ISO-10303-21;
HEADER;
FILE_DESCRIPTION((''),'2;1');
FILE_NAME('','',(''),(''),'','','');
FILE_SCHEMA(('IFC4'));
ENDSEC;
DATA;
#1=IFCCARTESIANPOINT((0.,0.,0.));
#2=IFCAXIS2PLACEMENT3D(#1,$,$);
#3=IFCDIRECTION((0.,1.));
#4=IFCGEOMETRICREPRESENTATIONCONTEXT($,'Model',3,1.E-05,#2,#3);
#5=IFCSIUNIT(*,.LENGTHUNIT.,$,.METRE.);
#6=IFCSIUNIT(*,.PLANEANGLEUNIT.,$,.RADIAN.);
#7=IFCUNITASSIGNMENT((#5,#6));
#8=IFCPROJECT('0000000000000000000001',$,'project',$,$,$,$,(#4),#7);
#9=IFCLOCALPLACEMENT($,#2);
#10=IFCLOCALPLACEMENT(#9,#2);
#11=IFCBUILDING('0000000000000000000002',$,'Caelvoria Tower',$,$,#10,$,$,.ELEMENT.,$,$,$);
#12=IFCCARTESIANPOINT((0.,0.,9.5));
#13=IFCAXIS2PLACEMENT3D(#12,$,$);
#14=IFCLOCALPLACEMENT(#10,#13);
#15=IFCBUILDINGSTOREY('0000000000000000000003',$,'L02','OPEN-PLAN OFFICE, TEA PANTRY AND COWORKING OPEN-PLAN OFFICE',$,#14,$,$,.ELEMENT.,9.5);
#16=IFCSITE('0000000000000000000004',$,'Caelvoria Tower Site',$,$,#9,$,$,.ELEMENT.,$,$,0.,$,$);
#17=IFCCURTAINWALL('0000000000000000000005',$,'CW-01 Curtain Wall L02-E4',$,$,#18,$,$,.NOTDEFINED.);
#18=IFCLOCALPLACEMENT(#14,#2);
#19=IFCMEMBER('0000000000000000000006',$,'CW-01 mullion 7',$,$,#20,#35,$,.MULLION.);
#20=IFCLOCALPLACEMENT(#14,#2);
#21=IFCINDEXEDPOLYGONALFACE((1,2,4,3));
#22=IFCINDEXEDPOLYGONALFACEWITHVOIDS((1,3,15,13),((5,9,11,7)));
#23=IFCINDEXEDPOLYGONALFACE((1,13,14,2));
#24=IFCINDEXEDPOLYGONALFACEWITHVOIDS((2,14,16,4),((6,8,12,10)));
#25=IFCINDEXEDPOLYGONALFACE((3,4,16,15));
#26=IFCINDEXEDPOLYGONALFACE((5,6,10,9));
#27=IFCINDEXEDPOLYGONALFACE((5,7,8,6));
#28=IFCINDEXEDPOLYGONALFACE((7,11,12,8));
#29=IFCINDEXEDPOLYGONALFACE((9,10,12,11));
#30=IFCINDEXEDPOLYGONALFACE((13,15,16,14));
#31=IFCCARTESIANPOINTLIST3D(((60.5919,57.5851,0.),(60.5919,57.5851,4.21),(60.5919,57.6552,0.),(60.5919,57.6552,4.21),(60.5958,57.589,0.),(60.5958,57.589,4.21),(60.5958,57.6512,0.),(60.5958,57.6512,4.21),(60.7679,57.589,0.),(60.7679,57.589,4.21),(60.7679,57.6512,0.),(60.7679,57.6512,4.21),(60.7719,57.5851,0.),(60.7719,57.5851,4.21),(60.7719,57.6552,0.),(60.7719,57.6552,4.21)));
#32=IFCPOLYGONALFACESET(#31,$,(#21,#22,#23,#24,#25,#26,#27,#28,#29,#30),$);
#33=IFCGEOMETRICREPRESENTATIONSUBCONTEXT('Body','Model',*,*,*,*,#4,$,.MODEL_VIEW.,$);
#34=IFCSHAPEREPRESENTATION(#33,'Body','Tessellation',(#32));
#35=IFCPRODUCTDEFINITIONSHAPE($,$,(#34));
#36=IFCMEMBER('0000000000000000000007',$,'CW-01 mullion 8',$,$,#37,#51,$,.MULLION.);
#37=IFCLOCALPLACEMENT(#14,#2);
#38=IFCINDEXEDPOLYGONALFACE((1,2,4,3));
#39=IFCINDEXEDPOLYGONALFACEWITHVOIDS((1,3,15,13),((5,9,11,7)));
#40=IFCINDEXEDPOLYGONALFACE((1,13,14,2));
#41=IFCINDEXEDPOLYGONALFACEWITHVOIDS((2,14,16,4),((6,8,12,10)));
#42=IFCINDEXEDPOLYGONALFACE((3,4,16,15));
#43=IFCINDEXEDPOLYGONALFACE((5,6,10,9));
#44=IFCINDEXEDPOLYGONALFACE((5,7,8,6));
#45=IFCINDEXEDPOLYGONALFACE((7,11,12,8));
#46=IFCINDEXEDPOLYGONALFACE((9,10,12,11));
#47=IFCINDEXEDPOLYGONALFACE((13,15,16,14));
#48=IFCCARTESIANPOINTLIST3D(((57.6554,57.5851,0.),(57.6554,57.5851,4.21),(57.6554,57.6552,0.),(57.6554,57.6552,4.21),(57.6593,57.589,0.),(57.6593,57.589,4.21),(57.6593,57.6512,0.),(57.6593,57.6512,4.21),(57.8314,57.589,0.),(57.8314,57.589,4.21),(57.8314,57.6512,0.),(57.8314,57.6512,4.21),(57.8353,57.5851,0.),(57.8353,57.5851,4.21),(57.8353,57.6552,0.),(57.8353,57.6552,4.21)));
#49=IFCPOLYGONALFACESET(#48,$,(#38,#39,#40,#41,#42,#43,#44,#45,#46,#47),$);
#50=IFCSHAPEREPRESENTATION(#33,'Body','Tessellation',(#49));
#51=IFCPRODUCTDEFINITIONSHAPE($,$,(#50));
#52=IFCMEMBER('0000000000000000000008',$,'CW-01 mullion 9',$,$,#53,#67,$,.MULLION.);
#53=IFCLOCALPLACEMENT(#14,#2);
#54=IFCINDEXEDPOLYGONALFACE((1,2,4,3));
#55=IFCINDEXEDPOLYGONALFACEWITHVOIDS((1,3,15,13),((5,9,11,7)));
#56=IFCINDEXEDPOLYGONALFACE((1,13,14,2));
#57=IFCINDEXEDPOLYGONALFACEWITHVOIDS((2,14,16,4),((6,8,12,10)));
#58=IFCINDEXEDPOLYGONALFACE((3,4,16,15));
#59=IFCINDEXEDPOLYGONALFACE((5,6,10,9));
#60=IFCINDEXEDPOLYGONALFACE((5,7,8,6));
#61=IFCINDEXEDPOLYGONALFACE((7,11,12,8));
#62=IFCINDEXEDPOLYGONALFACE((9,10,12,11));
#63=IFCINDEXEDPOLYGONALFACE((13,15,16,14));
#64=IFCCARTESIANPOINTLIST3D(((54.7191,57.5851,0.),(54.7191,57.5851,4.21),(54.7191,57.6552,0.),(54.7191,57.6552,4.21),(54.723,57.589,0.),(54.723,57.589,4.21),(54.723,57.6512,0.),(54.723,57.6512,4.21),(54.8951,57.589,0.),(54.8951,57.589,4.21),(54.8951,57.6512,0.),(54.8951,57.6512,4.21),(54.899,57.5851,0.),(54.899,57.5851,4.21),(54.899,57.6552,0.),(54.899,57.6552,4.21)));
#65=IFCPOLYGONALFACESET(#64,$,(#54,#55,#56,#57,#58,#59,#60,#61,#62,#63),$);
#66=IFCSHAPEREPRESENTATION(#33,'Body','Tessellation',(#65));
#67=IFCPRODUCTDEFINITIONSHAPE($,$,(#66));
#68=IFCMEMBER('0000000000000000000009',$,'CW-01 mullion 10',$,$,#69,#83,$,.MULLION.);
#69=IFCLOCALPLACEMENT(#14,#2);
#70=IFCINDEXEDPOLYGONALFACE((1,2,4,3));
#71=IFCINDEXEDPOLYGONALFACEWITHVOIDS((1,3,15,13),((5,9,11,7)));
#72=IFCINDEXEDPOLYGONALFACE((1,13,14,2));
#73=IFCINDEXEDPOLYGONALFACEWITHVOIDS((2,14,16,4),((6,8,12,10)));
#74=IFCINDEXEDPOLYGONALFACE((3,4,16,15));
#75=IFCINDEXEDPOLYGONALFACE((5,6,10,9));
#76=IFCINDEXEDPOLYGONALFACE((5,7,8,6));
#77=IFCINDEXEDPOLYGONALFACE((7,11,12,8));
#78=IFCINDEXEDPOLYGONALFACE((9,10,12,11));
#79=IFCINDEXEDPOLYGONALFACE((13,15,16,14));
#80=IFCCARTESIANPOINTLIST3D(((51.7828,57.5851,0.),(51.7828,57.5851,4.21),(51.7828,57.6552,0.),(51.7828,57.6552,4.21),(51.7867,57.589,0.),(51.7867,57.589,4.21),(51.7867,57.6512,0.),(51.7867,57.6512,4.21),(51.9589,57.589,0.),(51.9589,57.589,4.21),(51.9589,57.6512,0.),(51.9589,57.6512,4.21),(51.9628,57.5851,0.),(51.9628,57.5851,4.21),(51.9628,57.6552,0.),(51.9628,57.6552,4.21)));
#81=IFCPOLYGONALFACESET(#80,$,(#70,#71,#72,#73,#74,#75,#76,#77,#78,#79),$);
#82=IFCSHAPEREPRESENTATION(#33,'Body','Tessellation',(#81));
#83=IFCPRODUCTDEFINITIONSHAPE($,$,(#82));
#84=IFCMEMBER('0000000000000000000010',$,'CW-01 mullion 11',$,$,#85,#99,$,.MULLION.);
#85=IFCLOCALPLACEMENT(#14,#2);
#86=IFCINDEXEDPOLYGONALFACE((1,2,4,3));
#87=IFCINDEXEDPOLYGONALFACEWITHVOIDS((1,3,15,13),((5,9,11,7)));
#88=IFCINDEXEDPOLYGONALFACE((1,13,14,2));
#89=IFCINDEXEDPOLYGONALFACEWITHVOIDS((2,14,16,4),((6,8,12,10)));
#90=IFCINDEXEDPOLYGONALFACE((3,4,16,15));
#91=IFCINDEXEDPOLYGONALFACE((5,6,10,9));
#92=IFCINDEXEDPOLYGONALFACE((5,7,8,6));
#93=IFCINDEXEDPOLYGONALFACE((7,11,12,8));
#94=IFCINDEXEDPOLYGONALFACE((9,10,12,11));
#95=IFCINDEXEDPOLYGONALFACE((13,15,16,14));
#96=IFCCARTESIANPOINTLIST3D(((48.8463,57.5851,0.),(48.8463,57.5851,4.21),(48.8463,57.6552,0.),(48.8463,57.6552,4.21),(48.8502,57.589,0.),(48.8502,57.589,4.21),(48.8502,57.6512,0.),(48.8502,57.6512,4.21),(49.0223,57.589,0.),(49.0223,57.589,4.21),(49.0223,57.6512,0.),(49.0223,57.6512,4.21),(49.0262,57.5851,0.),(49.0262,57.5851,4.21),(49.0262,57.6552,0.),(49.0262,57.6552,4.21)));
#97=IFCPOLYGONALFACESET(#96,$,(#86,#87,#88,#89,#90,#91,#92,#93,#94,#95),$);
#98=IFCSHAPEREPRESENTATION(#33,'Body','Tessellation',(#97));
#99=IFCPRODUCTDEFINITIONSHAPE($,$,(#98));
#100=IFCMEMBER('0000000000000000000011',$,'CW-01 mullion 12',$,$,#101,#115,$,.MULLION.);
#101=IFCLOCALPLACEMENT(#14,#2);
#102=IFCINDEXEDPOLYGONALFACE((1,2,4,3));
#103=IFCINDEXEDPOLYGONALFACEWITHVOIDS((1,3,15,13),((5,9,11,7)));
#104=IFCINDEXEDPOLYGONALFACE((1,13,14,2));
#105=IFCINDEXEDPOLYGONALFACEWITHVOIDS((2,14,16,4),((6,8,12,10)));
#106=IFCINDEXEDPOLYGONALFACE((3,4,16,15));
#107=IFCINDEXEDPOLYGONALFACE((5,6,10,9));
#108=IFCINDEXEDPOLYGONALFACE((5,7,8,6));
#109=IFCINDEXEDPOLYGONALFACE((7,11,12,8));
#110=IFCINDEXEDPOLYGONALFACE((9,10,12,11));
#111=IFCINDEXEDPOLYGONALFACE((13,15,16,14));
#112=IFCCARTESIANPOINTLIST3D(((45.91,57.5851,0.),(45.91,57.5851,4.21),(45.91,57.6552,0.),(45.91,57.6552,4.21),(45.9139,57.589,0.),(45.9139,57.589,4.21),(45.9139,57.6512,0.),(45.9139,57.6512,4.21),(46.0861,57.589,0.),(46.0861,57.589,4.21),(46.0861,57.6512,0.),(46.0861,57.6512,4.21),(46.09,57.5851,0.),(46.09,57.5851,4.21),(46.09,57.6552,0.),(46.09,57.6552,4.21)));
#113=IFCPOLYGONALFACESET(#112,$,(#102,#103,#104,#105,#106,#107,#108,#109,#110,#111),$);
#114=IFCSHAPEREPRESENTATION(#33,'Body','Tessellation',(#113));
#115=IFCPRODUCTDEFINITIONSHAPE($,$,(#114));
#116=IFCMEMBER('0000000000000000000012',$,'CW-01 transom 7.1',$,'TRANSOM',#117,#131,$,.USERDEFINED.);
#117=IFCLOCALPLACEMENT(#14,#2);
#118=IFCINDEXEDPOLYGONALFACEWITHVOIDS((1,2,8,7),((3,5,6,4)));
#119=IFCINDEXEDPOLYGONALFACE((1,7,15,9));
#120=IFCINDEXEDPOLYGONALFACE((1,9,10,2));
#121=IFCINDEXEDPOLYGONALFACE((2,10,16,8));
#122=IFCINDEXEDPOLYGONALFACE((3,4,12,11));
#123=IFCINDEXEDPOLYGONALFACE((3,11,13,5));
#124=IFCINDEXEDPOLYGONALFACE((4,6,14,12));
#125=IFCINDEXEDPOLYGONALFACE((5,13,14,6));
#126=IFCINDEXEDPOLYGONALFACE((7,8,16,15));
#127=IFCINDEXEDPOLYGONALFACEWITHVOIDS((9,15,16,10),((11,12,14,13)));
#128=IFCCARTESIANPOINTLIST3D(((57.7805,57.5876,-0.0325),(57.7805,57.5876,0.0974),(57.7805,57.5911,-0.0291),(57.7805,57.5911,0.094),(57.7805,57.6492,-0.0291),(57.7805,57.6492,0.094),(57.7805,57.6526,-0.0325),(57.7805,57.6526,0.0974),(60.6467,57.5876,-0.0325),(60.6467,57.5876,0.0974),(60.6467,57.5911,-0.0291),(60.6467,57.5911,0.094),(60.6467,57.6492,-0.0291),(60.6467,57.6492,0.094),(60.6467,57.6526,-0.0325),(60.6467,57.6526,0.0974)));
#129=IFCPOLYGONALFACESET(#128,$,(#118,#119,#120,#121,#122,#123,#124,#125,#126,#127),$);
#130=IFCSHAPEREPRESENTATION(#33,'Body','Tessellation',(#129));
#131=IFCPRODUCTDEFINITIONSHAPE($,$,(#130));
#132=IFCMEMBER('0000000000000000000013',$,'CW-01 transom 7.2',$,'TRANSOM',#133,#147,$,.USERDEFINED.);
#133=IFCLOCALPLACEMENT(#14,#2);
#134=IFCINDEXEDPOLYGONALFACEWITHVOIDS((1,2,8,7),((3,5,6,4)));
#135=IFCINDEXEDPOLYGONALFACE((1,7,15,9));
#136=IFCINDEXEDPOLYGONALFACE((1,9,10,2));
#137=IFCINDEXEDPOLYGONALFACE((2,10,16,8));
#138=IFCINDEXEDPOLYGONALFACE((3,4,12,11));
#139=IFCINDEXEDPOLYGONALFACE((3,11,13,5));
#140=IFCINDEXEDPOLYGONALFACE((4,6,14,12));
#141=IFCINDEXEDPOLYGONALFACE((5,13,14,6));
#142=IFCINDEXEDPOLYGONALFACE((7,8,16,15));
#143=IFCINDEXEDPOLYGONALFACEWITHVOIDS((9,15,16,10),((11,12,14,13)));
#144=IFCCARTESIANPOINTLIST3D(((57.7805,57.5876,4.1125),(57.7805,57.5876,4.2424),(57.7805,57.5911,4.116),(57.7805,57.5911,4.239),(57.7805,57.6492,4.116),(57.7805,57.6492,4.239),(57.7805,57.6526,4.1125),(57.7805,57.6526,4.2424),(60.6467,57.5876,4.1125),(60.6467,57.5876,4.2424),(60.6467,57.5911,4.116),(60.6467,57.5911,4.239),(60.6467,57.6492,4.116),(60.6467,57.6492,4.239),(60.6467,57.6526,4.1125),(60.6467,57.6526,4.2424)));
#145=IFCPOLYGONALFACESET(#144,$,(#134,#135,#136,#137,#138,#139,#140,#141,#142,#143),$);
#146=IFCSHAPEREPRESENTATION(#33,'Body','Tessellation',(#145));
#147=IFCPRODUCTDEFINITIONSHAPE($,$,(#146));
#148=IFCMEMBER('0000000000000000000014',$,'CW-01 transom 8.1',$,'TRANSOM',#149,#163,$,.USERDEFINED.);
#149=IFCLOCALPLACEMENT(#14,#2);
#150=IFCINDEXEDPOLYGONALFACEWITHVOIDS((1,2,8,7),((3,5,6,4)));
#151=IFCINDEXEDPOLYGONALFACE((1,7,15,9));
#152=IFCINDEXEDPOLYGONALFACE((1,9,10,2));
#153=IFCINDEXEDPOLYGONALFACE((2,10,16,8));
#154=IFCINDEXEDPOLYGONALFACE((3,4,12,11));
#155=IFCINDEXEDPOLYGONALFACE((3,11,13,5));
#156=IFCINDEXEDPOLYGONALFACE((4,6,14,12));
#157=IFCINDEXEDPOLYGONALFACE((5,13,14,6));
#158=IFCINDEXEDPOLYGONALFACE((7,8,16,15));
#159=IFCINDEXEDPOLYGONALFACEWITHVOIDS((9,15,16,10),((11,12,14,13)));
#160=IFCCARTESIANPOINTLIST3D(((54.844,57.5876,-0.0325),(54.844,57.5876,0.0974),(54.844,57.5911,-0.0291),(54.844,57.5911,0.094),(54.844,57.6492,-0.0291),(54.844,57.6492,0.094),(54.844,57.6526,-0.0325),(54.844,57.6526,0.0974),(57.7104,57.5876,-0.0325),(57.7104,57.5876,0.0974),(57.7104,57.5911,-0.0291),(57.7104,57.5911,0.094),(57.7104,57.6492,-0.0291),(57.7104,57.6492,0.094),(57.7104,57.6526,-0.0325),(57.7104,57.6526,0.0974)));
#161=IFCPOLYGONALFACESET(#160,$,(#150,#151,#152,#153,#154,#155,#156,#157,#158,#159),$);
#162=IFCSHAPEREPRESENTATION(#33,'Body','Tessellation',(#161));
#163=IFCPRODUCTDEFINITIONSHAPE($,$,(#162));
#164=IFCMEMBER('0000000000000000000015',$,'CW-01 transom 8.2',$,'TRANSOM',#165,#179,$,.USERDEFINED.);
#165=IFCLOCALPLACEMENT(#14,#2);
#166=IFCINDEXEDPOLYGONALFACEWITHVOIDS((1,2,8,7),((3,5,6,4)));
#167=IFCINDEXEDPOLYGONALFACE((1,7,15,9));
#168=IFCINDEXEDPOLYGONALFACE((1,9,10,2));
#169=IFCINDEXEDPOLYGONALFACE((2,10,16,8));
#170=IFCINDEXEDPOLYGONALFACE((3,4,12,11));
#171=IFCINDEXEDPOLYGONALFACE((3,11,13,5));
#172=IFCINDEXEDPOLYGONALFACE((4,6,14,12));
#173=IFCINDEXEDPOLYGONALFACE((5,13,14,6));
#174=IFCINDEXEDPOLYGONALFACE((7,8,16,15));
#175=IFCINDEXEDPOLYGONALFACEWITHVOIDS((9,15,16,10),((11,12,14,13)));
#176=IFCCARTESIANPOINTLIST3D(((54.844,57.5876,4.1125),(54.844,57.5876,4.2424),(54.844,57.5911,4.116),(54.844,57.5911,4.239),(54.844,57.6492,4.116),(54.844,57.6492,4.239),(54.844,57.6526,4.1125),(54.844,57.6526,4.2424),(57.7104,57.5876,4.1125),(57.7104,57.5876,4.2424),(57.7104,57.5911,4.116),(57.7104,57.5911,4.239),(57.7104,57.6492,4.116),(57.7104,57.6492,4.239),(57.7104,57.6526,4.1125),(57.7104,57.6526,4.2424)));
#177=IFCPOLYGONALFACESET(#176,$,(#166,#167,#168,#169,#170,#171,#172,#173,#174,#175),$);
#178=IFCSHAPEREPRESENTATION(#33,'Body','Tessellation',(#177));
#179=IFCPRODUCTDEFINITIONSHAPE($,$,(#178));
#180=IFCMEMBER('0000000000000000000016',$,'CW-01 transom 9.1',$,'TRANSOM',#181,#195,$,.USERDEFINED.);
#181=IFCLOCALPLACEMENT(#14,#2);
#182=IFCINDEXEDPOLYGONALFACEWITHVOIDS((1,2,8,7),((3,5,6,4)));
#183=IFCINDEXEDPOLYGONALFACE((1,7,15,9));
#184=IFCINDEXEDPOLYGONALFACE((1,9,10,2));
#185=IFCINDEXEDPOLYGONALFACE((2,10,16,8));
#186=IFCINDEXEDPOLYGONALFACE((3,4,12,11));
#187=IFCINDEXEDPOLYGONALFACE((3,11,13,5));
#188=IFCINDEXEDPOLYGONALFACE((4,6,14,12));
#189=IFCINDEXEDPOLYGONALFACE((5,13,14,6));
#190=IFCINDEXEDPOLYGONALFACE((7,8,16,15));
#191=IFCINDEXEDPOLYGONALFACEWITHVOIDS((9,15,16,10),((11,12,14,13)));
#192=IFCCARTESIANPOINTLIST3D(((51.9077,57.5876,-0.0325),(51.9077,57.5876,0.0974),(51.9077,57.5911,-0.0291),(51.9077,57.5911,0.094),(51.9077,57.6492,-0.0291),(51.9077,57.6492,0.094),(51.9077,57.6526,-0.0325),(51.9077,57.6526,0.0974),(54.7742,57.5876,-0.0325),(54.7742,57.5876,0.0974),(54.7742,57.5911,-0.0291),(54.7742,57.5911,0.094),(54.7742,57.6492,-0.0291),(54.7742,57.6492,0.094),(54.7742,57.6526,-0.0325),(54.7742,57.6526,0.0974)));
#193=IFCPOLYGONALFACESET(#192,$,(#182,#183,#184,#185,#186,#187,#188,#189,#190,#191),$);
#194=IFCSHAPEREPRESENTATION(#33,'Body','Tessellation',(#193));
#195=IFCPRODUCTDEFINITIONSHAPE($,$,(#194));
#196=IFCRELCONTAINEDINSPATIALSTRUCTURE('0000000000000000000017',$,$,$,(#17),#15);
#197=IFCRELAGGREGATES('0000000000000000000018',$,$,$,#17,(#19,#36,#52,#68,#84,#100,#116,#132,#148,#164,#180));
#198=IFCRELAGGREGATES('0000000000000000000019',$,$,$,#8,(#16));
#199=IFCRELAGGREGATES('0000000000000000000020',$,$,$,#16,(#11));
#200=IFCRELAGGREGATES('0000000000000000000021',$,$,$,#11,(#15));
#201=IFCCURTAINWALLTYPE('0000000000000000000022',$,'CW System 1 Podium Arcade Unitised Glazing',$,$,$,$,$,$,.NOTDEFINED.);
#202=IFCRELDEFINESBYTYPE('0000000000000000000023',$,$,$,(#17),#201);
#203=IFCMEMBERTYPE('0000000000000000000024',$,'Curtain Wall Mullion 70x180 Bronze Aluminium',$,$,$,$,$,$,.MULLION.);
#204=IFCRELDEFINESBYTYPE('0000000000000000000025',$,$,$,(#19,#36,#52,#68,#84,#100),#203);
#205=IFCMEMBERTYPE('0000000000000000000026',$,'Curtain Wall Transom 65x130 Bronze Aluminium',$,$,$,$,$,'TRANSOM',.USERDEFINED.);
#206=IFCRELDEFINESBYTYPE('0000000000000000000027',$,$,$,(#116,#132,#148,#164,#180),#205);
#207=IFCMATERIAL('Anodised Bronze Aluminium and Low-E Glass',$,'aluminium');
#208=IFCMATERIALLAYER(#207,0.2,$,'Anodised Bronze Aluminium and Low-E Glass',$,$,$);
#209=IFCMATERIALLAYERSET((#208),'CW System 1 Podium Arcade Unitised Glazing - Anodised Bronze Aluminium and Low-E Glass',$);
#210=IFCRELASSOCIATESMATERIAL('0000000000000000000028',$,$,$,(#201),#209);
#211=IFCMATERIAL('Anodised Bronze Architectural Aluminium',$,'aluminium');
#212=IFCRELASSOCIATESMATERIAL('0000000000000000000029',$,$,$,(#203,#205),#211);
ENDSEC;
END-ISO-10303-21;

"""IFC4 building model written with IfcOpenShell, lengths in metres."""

from ifc_helpers import new_model, si_unit, direction, frame, origin, origin_2d, place, context, subcontext, project, spatial, hollow_rectangle, extrude, material, layer, layer_set, material_profile, profile_set, type_object, element, aggregate, save


model = new_model("IFC4")

# Units and contexts
model_context = context("Model", 3, precision=1e-05, world=origin(), true_north=direction((0.0, 1.0)))
body_context = subcontext(model_context, "Body", "Model", "MODEL_VIEW")
ifc_project = project(units=[si_unit("LENGTHUNIT", "METRE"), si_unit("PLANEANGLEUNIT", "RADIAN")], contexts=[model_context])

# Site, building, storey
site_placement = place(None, origin())
site = spatial("IfcSite", under=ifc_project, at=site_placement, Name="Caelvoria Tower Site", CompositionType="ELEMENT", RefElevation=0.0)
building_placement = place(site_placement, origin())
building = spatial("IfcBuilding", under=site, at=building_placement, Name="Caelvoria Tower", CompositionType="ELEMENT")
storey_placement = place(building_placement, frame((0.0, 0.0, 9.5)))
storey = spatial("IfcBuildingStorey", under=building, at=storey_placement, Name="L02", Description="OPEN-PLAN OFFICE, TEA PANTRY AND COWORKING OPEN-PLAN OFFICE", CompositionType="ELEMENT", Elevation=9.5)

# Curtain wall, members
ifc_material_1 = material(Name="Anodised Bronze Aluminium and Low-E Glass", Category="aluminium")
ifc_layer_1 = layer(ifc_material_1, 0.2, Name="Anodised Bronze Aluminium and Low-E Glass")
ifc_layer_set_1 = layer_set([ifc_layer_1], Name="CW System 1 Podium Arcade Unitised Glazing - Anodised Bronze Aluminium and Low-E Glass")
curtain_wall_type = type_object("IfcCurtainWallType", Name="CW System 1 Podium Arcade Unitised Glazing", PredefinedType="NOTDEFINED", material=ifc_layer_set_1)
curtain_wall_placement = place(storey_placement, origin())
curtain_wall = element("IfcCurtainWall", 1, at=curtain_wall_placement, inside=storey, type_object=curtain_wall_type, Name="CW-01 Curtain Wall L02-E4", PredefinedType="NOTDEFINED")
ifc_material_2 = material(Name="Anodised Bronze Architectural Aluminium", Category="aluminium")
ifc_material_profile_1 = material_profile(ifc_material_2, hollow_rectangle(XDim=0.0701, YDim=0.1799, WallThickness=0.0039, at=origin_2d()), Name="Anodised Bronze Architectural Aluminium")
ifc_profile_set_1 = profile_set([ifc_material_profile_1], Name="CW_MULL_70X180 - Anodised Bronze Architectural Aluminium")
member_type_1 = type_object("IfcMemberType", Name="Curtain Wall Mullion 70x180 Bronze Aluminium", PredefinedType="MULLION", material=ifc_profile_set_1)
member_1_placement = place(storey_placement, frame((60.6819, 57.6201, 0.0), z_axis=(0.0, 0.0, 1.0), x_axis=(0.0, -1.0, 0.0)))
member_1 = element("IfcMember", 2, at=member_1_placement, type_object=member_type_1, Name="CW-01 mullion 7", PredefinedType="MULLION", context=body_context, shape_type="SweptSolid", body=[
    extrude(hollow_rectangle(XDim=0.0701, YDim=0.1799, WallThickness=0.0039, at=origin_2d()), origin(), (0.0, 0.0, 1.0), 4.21),
])
member_2_placement = place(storey_placement, frame((57.7454, 57.6201, 0.0), z_axis=(0.0, 0.0, 1.0), x_axis=(0.0, -1.0, 0.0)))
member_2 = element("IfcMember", 3, at=member_2_placement, type_object=member_type_1, Name="CW-01 mullion 8", PredefinedType="MULLION", context=body_context, shape_type="SweptSolid", body=[
    extrude(hollow_rectangle(XDim=0.0701, YDim=0.1799, WallThickness=0.0039, at=origin_2d()), origin(), (0.0, 0.0, 1.0), 4.21),
])
member_3_placement = place(storey_placement, frame((54.8091, 57.6201, 0.0), z_axis=(0.0, 0.0, 1.0), x_axis=(0.0, -1.0, 0.0)))
member_3 = element("IfcMember", 4, at=member_3_placement, type_object=member_type_1, Name="CW-01 mullion 9", PredefinedType="MULLION", context=body_context, shape_type="SweptSolid", body=[
    extrude(hollow_rectangle(XDim=0.0701, YDim=0.1799, WallThickness=0.0039, at=origin_2d()), origin(), (0.0, 0.0, 1.0), 4.21),
])
member_4_placement = place(storey_placement, frame((51.8728, 57.6201, 0.0), z_axis=(0.0, 0.0, 1.0), x_axis=(0.0, -1.0, 0.0)))
member_4 = element("IfcMember", 5, at=member_4_placement, type_object=member_type_1, Name="CW-01 mullion 10", PredefinedType="MULLION", context=body_context, shape_type="SweptSolid", body=[
    extrude(hollow_rectangle(XDim=0.0701, YDim=0.1799, WallThickness=0.0039, at=origin_2d()), origin(), (0.0, 0.0, 1.0), 4.21),
])
member_5_placement = place(storey_placement, frame((48.9363, 57.6201, 0.0), z_axis=(0.0, 0.0, 1.0), x_axis=(0.0, -1.0, 0.0)))
member_5 = element("IfcMember", 6, at=member_5_placement, type_object=member_type_1, Name="CW-01 mullion 11", PredefinedType="MULLION", context=body_context, shape_type="SweptSolid", body=[
    extrude(hollow_rectangle(XDim=0.0701, YDim=0.1799, WallThickness=0.0039, at=origin_2d()), origin(), (0.0, 0.0, 1.0), 4.21),
])
member_6_placement = place(storey_placement, frame((46.0, 57.6201, 0.0), z_axis=(0.0, 0.0, 1.0), x_axis=(0.0, -1.0, 0.0)))
member_6 = element("IfcMember", 7, at=member_6_placement, type_object=member_type_1, Name="CW-01 mullion 12", PredefinedType="MULLION", context=body_context, shape_type="SweptSolid", body=[
    extrude(hollow_rectangle(XDim=0.0701, YDim=0.1799, WallThickness=0.0039, at=origin_2d()), origin(), (0.0, 0.0, 1.0), 4.21),
])
ifc_material_profile_2 = material_profile(ifc_material_2, hollow_rectangle(XDim=0.0649, YDim=0.1299, WallThickness=0.0034, at=origin_2d()), Name="Anodised Bronze Architectural Aluminium")
ifc_profile_set_2 = profile_set([ifc_material_profile_2], Name="CW_TRAN_65X130 - Anodised Bronze Architectural Aluminium")
member_type_2 = type_object("IfcMemberType", Name="Curtain Wall Transom 65x130 Bronze Aluminium", ElementType="TRANSOM", PredefinedType="USERDEFINED", material=ifc_profile_set_2)
member_7_placement = place(storey_placement, frame((60.6467, 57.6201, 0.0325), z_axis=(-1.0, 0.0, 0.0), x_axis=(0.0, -1.0, 0.0)))
member_7 = element("IfcMember", 8, at=member_7_placement, type_object=member_type_2, Name="CW-01 transom 7.1", ObjectType="TRANSOM", PredefinedType="USERDEFINED", context=body_context, shape_type="SweptSolid", body=[
    extrude(hollow_rectangle(XDim=0.0649, YDim=0.1299, WallThickness=0.0034, at=origin_2d()), origin(), (0.0, 0.0, 1.0), 2.8662),
])
member_8_placement = place(storey_placement, frame((60.6467, 57.6201, 4.1775), z_axis=(-1.0, 0.0, 0.0), x_axis=(0.0, -1.0, 0.0)))
member_8 = element("IfcMember", 9, at=member_8_placement, type_object=member_type_2, Name="CW-01 transom 7.2", ObjectType="TRANSOM", PredefinedType="USERDEFINED", context=body_context, shape_type="SweptSolid", body=[
    extrude(hollow_rectangle(XDim=0.0649, YDim=0.1299, WallThickness=0.0034, at=origin_2d()), origin(), (0.0, 0.0, 1.0), 2.8662),
])
member_9_placement = place(storey_placement, frame((57.7104, 57.6201, 0.0325), z_axis=(-1.0, 0.0, 0.0), x_axis=(0.0, -1.0, 0.0)))
member_9 = element("IfcMember", 10, at=member_9_placement, type_object=member_type_2, Name="CW-01 transom 8.1", ObjectType="TRANSOM", PredefinedType="USERDEFINED", context=body_context, shape_type="SweptSolid", body=[
    extrude(hollow_rectangle(XDim=0.0649, YDim=0.1299, WallThickness=0.0034, at=origin_2d()), origin(), (0.0, 0.0, 1.0), 2.8665),
])
member_10_placement = place(storey_placement, frame((57.7104, 57.6201, 4.1775), z_axis=(-1.0, 0.0, 0.0), x_axis=(0.0, -1.0, 0.0)))
member_10 = element("IfcMember", 11, at=member_10_placement, type_object=member_type_2, Name="CW-01 transom 8.2", ObjectType="TRANSOM", PredefinedType="USERDEFINED", context=body_context, shape_type="SweptSolid", body=[
    extrude(hollow_rectangle(XDim=0.0649, YDim=0.1299, WallThickness=0.0034, at=origin_2d()), origin(), (0.0, 0.0, 1.0), 2.8665),
])
member_11_placement = place(storey_placement, frame((54.7742, 57.6201, 0.0325), z_axis=(-1.0, 0.0, 0.0), x_axis=(0.0, -1.0, 0.0)))
member_11 = element("IfcMember", 12, at=member_11_placement, type_object=member_type_2, Name="CW-01 transom 9.1", ObjectType="TRANSOM", PredefinedType="USERDEFINED", context=body_context, shape_type="SweptSolid", body=[
    extrude(hollow_rectangle(XDim=0.0649, YDim=0.1299, WallThickness=0.0034, at=origin_2d()), origin(), (0.0, 0.0, 1.0), 2.8665),
])
aggregate(curtain_wall, [member_1, member_2, member_3, member_4, member_5, member_6, member_7, member_8, member_9, member_10, member_11])

save(model, "model.ifc")
